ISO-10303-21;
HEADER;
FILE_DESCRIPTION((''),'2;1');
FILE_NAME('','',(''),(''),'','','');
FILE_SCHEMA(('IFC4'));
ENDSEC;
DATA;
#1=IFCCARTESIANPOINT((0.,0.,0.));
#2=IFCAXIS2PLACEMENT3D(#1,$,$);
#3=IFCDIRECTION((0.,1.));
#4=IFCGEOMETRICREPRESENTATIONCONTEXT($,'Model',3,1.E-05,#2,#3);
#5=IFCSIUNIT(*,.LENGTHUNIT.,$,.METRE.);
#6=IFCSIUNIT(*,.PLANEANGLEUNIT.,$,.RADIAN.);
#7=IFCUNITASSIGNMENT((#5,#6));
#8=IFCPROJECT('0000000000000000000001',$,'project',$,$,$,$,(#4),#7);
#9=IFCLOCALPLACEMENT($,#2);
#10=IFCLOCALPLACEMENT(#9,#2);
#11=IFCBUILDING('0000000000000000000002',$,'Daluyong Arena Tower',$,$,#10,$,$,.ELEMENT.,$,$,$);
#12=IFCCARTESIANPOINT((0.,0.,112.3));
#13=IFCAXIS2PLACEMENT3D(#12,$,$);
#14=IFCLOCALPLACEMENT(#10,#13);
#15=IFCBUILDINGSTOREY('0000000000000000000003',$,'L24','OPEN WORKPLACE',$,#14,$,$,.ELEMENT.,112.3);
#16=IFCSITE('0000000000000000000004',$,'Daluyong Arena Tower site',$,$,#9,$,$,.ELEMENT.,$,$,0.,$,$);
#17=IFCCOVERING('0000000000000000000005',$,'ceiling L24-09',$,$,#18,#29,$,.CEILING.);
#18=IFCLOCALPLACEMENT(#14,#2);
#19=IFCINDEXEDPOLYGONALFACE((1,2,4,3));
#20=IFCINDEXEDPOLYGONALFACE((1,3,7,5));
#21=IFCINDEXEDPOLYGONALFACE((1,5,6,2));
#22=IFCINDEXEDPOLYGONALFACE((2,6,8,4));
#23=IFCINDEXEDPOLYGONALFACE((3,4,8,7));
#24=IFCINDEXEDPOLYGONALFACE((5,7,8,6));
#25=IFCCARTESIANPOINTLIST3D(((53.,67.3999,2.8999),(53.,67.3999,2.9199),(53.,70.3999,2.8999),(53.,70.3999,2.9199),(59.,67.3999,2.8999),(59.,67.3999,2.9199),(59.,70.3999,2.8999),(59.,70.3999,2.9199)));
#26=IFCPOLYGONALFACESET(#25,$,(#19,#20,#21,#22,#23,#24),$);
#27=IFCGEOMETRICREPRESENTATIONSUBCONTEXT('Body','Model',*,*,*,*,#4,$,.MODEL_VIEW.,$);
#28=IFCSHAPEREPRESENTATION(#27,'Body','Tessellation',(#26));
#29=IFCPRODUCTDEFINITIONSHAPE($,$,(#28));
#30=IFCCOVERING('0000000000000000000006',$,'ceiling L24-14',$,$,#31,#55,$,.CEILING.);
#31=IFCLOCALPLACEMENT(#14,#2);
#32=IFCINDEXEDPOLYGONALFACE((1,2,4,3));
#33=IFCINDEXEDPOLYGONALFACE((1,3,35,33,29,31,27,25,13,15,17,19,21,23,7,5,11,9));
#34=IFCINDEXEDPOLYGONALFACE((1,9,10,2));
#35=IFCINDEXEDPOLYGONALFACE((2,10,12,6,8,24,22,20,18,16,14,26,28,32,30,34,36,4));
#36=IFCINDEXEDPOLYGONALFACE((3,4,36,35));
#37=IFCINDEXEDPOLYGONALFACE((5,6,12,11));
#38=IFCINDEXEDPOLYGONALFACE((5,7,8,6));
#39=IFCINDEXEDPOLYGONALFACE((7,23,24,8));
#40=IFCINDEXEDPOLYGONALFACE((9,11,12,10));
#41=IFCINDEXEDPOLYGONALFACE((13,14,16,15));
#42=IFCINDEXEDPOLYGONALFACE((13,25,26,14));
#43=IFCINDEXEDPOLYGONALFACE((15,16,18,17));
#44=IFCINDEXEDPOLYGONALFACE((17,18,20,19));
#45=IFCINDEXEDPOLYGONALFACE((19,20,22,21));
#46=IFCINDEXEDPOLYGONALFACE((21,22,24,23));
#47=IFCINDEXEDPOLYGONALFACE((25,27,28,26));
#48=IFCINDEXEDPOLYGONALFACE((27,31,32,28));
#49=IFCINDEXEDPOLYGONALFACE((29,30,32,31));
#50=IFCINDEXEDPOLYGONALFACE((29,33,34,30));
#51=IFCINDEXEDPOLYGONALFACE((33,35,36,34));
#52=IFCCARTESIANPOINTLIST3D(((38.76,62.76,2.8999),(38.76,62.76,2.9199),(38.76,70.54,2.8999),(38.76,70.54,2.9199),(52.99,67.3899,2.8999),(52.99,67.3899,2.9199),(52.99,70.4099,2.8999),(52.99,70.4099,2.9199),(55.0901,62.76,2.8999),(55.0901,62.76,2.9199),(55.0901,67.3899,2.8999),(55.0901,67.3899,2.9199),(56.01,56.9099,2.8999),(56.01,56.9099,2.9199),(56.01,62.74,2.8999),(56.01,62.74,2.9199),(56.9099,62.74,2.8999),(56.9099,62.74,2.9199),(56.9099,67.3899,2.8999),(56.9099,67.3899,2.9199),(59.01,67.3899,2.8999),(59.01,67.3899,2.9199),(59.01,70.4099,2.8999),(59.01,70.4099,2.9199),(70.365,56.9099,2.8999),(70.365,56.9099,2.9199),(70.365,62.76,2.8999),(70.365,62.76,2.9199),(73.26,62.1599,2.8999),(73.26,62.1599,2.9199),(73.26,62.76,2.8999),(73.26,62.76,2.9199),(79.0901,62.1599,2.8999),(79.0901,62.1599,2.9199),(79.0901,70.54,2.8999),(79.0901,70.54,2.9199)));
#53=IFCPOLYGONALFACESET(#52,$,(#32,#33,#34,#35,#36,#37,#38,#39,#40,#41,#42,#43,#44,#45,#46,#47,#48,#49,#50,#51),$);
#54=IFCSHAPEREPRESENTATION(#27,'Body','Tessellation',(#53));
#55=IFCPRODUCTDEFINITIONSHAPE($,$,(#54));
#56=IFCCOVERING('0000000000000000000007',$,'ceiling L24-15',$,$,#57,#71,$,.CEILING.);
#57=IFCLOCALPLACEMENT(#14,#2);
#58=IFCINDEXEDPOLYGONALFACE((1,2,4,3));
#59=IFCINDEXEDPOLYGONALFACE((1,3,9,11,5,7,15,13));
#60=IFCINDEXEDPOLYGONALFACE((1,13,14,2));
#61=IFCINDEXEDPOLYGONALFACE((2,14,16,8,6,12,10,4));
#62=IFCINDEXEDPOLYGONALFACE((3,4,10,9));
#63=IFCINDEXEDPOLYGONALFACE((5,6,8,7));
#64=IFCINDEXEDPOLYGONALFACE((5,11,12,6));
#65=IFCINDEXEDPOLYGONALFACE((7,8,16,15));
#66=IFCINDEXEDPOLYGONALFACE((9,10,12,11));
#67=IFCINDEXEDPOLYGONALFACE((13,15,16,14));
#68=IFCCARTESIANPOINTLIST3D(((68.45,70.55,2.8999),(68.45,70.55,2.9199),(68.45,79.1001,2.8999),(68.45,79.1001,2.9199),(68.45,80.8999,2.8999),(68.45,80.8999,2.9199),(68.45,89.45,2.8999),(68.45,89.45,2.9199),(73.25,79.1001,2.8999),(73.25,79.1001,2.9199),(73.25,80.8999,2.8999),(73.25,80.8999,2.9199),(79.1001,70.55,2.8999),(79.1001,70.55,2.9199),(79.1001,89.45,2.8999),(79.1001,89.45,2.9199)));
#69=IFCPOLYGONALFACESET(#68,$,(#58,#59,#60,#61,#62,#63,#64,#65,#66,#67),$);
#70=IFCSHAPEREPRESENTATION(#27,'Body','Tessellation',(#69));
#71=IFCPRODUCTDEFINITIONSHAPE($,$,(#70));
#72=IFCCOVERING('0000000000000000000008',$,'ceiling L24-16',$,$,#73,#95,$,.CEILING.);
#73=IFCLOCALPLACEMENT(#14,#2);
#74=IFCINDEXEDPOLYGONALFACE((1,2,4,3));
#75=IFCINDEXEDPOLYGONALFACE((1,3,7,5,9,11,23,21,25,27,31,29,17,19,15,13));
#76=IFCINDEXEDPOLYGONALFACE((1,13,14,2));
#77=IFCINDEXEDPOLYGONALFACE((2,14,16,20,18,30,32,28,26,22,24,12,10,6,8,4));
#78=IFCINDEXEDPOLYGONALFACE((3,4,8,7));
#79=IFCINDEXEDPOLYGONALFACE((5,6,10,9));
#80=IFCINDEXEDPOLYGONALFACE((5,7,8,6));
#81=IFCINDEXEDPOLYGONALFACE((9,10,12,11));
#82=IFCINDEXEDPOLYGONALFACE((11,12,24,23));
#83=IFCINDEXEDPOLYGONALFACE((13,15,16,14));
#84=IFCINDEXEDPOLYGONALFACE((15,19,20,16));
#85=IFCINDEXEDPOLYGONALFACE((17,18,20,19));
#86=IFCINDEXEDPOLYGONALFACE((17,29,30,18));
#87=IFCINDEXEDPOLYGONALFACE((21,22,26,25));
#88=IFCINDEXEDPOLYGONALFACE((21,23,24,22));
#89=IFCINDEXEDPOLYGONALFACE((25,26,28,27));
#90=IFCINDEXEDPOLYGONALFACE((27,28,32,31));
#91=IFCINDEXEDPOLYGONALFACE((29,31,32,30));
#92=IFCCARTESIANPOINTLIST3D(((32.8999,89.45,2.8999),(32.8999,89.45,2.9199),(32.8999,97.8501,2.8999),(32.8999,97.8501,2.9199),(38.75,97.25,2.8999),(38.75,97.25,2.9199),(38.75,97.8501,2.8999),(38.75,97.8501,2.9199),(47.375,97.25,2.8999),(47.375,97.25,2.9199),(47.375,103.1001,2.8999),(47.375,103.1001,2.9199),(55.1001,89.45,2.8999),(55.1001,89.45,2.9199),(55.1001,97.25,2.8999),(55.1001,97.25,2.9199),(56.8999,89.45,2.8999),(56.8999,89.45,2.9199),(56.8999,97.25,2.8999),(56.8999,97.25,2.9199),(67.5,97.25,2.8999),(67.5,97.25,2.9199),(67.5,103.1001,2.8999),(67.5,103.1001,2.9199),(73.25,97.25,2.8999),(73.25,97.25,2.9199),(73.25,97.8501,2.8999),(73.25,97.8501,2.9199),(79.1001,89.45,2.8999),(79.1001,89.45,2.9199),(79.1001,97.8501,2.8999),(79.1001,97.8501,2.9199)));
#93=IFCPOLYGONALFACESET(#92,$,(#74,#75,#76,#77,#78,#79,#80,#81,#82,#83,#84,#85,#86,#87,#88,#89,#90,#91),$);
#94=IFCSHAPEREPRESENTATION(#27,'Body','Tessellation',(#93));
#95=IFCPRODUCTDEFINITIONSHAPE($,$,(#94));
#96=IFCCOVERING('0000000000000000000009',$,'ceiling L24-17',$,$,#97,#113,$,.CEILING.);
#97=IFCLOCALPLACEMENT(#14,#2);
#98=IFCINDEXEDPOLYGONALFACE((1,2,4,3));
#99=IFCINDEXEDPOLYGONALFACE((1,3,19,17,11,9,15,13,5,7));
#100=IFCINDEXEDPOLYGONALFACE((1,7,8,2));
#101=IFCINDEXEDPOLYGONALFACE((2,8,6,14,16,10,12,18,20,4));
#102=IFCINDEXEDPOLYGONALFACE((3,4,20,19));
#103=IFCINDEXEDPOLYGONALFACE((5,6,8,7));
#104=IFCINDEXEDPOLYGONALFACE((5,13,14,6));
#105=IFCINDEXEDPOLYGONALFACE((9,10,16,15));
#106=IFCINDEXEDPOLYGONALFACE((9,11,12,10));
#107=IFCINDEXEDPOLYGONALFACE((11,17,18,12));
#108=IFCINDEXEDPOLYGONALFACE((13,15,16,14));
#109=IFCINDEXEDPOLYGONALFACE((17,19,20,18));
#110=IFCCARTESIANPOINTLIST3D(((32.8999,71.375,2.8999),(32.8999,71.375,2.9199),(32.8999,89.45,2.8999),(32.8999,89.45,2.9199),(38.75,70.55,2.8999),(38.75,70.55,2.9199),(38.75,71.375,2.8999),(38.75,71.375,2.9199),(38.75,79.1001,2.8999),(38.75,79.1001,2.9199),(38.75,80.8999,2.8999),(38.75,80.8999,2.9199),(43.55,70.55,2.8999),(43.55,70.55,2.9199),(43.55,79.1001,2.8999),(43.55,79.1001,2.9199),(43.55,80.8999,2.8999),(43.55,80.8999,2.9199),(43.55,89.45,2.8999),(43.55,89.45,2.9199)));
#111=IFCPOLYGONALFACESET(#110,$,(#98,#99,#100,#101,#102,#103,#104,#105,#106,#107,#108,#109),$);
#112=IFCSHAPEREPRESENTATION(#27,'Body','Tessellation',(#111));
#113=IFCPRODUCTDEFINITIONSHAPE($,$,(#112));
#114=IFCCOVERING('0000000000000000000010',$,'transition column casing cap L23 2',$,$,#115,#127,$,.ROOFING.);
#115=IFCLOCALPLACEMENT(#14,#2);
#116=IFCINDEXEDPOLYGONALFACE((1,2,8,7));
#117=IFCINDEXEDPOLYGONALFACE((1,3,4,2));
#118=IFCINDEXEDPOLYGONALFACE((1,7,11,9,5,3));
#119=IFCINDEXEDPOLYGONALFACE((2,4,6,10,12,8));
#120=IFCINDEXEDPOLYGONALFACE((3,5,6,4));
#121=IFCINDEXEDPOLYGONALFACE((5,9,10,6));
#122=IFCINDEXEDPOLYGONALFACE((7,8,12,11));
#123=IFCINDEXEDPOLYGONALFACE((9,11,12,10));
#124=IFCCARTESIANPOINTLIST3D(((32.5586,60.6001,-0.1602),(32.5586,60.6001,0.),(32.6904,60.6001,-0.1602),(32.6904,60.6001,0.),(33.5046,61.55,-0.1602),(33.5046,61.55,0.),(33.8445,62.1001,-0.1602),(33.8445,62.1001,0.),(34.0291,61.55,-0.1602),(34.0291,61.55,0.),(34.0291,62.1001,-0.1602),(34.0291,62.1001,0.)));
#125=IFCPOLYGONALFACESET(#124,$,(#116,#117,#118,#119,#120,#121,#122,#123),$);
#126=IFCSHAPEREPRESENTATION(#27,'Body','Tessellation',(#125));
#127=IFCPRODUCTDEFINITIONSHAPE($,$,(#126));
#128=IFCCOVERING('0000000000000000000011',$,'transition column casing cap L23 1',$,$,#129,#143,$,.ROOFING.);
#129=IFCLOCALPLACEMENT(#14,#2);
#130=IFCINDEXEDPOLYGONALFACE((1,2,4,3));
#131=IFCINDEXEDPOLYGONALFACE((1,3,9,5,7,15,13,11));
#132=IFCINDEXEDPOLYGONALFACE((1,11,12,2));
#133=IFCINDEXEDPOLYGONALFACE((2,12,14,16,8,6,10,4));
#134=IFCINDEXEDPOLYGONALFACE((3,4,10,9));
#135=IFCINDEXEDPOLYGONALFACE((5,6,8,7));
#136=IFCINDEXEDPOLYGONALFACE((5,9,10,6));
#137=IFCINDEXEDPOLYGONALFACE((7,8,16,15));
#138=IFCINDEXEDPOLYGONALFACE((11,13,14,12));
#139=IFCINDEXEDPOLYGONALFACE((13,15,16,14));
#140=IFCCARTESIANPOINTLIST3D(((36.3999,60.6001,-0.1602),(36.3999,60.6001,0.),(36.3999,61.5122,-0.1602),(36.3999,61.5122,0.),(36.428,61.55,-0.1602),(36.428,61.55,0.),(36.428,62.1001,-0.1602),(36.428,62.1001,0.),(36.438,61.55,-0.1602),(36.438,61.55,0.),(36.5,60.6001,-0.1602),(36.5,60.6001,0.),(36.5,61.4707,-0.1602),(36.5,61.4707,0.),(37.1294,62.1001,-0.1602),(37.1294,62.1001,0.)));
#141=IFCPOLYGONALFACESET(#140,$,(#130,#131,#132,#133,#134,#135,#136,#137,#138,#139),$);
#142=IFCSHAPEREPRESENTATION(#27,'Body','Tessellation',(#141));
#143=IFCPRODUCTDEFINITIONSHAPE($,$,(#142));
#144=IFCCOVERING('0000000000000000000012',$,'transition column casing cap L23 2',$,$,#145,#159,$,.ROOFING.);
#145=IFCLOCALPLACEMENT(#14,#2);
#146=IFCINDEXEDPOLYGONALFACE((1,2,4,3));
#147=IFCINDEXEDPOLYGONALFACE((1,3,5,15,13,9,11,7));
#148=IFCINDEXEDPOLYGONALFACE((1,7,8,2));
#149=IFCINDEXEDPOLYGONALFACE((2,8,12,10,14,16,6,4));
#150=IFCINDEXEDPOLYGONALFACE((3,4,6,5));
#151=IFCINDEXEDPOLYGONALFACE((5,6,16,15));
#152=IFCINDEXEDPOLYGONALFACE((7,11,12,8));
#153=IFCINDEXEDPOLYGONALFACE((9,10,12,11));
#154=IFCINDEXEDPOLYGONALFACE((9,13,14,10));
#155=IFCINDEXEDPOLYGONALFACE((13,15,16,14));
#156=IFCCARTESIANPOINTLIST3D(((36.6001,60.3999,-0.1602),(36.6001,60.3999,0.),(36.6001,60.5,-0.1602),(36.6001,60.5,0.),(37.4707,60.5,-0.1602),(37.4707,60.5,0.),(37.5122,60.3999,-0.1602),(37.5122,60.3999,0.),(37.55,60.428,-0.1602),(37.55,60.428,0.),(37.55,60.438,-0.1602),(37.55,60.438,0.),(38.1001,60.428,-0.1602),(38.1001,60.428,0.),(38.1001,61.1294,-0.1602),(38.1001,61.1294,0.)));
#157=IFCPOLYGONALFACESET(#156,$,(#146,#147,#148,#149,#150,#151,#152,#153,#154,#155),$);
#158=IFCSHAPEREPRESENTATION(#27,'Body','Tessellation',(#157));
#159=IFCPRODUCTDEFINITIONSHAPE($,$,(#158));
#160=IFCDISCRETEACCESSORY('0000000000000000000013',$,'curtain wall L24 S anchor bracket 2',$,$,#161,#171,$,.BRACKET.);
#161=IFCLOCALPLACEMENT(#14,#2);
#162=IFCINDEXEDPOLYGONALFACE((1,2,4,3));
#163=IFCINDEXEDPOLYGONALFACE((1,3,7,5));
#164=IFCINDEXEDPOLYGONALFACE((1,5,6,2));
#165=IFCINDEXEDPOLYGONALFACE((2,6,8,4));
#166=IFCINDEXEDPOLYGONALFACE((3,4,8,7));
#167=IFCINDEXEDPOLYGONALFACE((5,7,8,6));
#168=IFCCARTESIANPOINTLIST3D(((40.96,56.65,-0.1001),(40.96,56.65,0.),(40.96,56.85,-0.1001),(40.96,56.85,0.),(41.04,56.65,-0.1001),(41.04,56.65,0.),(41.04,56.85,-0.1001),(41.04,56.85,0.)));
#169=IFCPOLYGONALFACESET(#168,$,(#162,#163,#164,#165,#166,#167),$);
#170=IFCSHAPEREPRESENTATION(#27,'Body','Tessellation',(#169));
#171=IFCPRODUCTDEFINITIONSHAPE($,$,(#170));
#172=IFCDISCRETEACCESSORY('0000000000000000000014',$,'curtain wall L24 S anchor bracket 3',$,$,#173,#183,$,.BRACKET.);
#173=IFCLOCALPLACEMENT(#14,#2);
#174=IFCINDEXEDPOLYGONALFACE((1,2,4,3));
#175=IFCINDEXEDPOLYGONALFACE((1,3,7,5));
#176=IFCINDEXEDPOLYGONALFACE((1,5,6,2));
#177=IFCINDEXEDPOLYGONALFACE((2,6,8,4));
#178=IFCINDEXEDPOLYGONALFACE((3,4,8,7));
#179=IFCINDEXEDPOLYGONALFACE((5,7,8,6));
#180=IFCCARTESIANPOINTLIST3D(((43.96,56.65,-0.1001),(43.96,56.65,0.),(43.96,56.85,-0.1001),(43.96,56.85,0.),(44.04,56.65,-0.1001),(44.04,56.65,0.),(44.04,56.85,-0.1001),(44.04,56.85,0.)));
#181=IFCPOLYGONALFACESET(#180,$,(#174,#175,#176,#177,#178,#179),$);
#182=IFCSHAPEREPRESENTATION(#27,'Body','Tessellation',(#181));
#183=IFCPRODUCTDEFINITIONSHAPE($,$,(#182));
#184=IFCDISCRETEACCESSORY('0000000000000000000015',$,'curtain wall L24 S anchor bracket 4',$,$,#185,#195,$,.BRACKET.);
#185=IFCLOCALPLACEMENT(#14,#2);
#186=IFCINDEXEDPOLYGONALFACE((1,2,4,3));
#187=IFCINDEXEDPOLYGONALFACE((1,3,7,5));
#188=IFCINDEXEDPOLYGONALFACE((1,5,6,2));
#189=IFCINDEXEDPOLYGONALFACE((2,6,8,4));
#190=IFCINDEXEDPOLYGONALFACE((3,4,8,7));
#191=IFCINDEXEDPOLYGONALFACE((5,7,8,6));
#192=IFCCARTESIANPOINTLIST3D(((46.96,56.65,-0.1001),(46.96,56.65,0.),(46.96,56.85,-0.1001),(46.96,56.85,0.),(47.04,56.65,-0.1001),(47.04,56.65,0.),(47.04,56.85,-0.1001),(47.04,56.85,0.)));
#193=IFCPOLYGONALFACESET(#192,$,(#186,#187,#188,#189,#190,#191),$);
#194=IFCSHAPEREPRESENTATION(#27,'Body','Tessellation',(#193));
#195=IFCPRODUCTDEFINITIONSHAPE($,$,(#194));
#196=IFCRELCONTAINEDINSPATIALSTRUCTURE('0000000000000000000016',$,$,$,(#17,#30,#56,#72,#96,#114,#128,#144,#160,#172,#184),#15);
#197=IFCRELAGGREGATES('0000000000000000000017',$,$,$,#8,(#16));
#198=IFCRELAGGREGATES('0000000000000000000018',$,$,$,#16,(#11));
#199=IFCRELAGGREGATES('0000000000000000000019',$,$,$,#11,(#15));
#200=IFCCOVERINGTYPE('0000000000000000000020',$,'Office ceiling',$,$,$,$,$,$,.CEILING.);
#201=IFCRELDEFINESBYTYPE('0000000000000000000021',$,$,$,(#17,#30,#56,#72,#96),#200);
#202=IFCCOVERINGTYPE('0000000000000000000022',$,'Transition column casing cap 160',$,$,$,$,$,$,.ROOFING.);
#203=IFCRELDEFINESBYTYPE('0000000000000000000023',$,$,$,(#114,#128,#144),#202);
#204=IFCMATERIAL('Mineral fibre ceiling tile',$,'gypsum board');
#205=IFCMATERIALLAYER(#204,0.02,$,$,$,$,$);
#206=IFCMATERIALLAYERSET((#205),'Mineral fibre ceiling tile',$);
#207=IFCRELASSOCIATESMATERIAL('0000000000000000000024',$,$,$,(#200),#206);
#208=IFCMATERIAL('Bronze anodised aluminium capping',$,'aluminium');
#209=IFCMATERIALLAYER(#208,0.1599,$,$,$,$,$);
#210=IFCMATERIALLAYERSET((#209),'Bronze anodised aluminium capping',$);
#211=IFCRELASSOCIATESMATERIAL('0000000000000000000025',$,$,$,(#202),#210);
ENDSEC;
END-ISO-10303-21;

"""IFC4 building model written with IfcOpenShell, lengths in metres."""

from ifc_helpers import new_model, si_unit, direction, frame, origin, origin_2d, place, context, subcontext, project, spatial, polyline, rectangle, outline, extrude, material, layer, layer_set, type_object, element, save


model = new_model("IFC4")

# Units and contexts
model_context = context("Model", 3, precision=1e-05, world=origin(), true_north=direction((0.0, 1.0)))
body_context = subcontext(model_context, "Body", "Model", "MODEL_VIEW")
ifc_project = project(units=[si_unit("LENGTHUNIT", "METRE"), si_unit("PLANEANGLEUNIT", "RADIAN")], contexts=[model_context])

# Site, building, storey
site_placement = place(None, origin())
site = spatial("IfcSite", under=ifc_project, at=site_placement, Name="Daluyong Arena Tower site", CompositionType="ELEMENT", RefElevation=0.0)
building_placement = place(site_placement, origin())
building = spatial("IfcBuilding", under=site, at=building_placement, Name="Daluyong Arena Tower", CompositionType="ELEMENT")
storey_placement = place(building_placement, frame((0.0, 0.0, 112.3)))
storey = spatial("IfcBuildingStorey", under=building, at=storey_placement, Name="L24", Description="OPEN WORKPLACE", CompositionType="ELEMENT", Elevation=112.3)

# Coverings
ifc_material_1 = material(Name="Mineral fibre ceiling tile", Category="gypsum board")
ifc_layer_1 = layer(ifc_material_1, 0.02)
ifc_layer_set_1 = layer_set([ifc_layer_1], Name="Mineral fibre ceiling tile")
covering_type_1 = type_object("IfcCoveringType", Name="Office ceiling", PredefinedType="CEILING", material=ifc_layer_set_1)
covering_1_placement = place(storey_placement, frame((0.0, 0.0, 2.8999)))
element("IfcCovering", 1, at=covering_1_placement, inside=storey, type_object=covering_type_1, Name="ceiling L24-09", PredefinedType="CEILING", context=body_context, shape_type="SweptSolid", body=[
    extrude(outline(polyline([(53.0, 67.3999), (59.0, 67.3999), (59.0, 70.3999), (53.0, 70.3999), (53.0, 67.3999)])), origin(), (0.0, 0.0, 1.0), 0.02),
])
covering_2_placement = place(storey_placement, frame((0.0, 0.0, 2.8999)))
element("IfcCovering", 2, at=covering_2_placement, inside=storey, type_object=covering_type_1, Name="ceiling L24-14", PredefinedType="CEILING", context=body_context, shape_type="SweptSolid", body=[
    extrude(outline(polyline([(38.76, 62.76), (55.0901, 62.76), (55.0901, 67.3899), (52.99, 67.3899), (52.99, 70.4099), (59.01, 70.4099), (59.01, 67.3899), (56.9099, 67.3899), (56.9099, 62.74), (56.01, 62.74), (56.01, 56.9099), (70.365, 56.9099), (70.365, 62.76), (73.26, 62.76), (73.26, 62.1599), (79.0901, 62.1599), (79.0901, 70.54), (38.76, 70.54), (38.76, 62.76)])), origin(), (0.0, 0.0, 1.0), 0.02),
])
covering_3_placement = place(storey_placement, frame((0.0, 0.0, 2.8999)))
element("IfcCovering", 3, at=covering_3_placement, inside=storey, type_object=covering_type_1, Name="ceiling L24-15", PredefinedType="CEILING", context=body_context, shape_type="SweptSolid", body=[
    extrude(outline(polyline([(79.1001, 70.55), (79.1001, 89.45), (68.45, 89.45), (68.45, 80.8999), (73.25, 80.8999), (73.25, 79.1001), (68.45, 79.1001), (68.45, 70.55), (79.1001, 70.55)])), origin(), (0.0, 0.0, 1.0), 0.02),
])
covering_4_placement = place(storey_placement, frame((0.0, 0.0, 2.8999)))
element("IfcCovering", 4, at=covering_4_placement, inside=storey, type_object=covering_type_1, Name="ceiling L24-16", PredefinedType="CEILING", context=body_context, shape_type="SweptSolid", body=[
    extrude(outline(polyline([(47.375, 103.1001), (47.375, 97.25), (38.75, 97.25), (38.75, 97.8501), (32.8999, 97.8501), (32.8999, 89.45), (55.1001, 89.45), (55.1001, 97.25), (56.8999, 97.25), (56.8999, 89.45), (79.1001, 89.45), (79.1001, 97.8501), (73.25, 97.8501), (73.25, 97.25), (67.5, 97.25), (67.5, 103.1001), (47.375, 103.1001)])), origin(), (0.0, 0.0, 1.0), 0.02),
])
covering_5_placement = place(storey_placement, frame((0.0, 0.0, 2.8999)))
element("IfcCovering", 5, at=covering_5_placement, inside=storey, type_object=covering_type_1, Name="ceiling L24-17", PredefinedType="CEILING", context=body_context, shape_type="SweptSolid", body=[
    extrude(outline(polyline([(38.75, 71.375), (38.75, 70.55), (43.55, 70.55), (43.55, 79.1001), (38.75, 79.1001), (38.75, 80.8999), (43.55, 80.8999), (43.55, 89.45), (32.8999, 89.45), (32.8999, 71.375), (38.75, 71.375)])), origin(), (0.0, 0.0, 1.0), 0.02),
])
ifc_material_2 = material(Name="Bronze anodised aluminium capping", Category="aluminium")
ifc_layer_2 = layer(ifc_material_2, 0.1599)
ifc_layer_set_2 = layer_set([ifc_layer_2], Name="Bronze anodised aluminium capping")
covering_type_2 = type_object("IfcCoveringType", Name="Transition column casing cap 160", PredefinedType="ROOFING", material=ifc_layer_set_2)
covering_6_placement = place(storey_placement, frame((0.0, 0.0, -0.1602)))
element("IfcCovering", 6, at=covering_6_placement, inside=storey, type_object=covering_type_2, Name="transition column casing cap L23 2", PredefinedType="ROOFING", context=body_context, shape_type="SweptSolid", body=[
    extrude(outline(polyline([(34.0291, 61.55), (33.5046, 61.55), (32.6904, 60.6001), (32.5586, 60.6001), (33.8445, 62.1001), (34.0291, 62.1001), (34.0291, 61.55)])), origin(), (0.0, 0.0, 1.0), 0.1602),
])
covering_7_placement = place(storey_placement, frame((0.0, 0.0, -0.1602)))
element("IfcCovering", 7, at=covering_7_placement, inside=storey, type_object=covering_type_2, Name="transition column casing cap L23 1", PredefinedType="ROOFING", context=body_context, shape_type="SweptSolid", body=[
    extrude(outline(polyline([(36.438, 61.55), (36.428, 61.55), (36.428, 62.1001), (37.1294, 62.1001), (36.5, 61.4707), (36.5, 60.6001), (36.3999, 60.6001), (36.3999, 61.5122), (36.438, 61.55)])), origin(), (0.0, 0.0, 1.0), 0.1602),
])
covering_8_placement = place(storey_placement, frame((0.0, 0.0, -0.1602)))
element("IfcCovering", 8, at=covering_8_placement, inside=storey, type_object=covering_type_2, Name="transition column casing cap L23 2", PredefinedType="ROOFING", context=body_context, shape_type="SweptSolid", body=[
    extrude(outline(polyline([(38.1001, 61.1294), (38.1001, 60.428), (37.55, 60.428), (37.55, 60.438), (37.5122, 60.3999), (36.6001, 60.3999), (36.6001, 60.5), (37.4707, 60.5), (38.1001, 61.1294)])), origin(), (0.0, 0.0, 1.0), 0.1602),
])

# Discrete accessories
for number, where, z_axis, x_axis, name in (
    (9, (41.0, 56.75, -0.1001), (0.0, 0.0, 1.0), (1.0, 0.0, 0.0), "curtain wall L24 S anchor bracket 2"),
    (10, (44.0, 56.75, -0.1001), (0.0, 0.0, 1.0), (1.0, 0.0, 0.0), "curtain wall L24 S anchor bracket 3"),
    (11, (47.0, 56.75, -0.1001), (0.0, 0.0, 1.0), (1.0, 0.0, 0.0), "curtain wall L24 S anchor bracket 4"),
):
    element("IfcDiscreteAccessory", number, at=place(storey_placement, frame(where, z_axis=z_axis, x_axis=x_axis)), inside=storey, Name=name, PredefinedType="BRACKET", context=body_context, shape_type="SweptSolid", body=[
        extrude(rectangle(XDim=0.0801, YDim=0.2, at=origin_2d()), origin(), (0.0, 0.0, 1.0), 0.1001),
    ])

save(model, "model.ifc")
